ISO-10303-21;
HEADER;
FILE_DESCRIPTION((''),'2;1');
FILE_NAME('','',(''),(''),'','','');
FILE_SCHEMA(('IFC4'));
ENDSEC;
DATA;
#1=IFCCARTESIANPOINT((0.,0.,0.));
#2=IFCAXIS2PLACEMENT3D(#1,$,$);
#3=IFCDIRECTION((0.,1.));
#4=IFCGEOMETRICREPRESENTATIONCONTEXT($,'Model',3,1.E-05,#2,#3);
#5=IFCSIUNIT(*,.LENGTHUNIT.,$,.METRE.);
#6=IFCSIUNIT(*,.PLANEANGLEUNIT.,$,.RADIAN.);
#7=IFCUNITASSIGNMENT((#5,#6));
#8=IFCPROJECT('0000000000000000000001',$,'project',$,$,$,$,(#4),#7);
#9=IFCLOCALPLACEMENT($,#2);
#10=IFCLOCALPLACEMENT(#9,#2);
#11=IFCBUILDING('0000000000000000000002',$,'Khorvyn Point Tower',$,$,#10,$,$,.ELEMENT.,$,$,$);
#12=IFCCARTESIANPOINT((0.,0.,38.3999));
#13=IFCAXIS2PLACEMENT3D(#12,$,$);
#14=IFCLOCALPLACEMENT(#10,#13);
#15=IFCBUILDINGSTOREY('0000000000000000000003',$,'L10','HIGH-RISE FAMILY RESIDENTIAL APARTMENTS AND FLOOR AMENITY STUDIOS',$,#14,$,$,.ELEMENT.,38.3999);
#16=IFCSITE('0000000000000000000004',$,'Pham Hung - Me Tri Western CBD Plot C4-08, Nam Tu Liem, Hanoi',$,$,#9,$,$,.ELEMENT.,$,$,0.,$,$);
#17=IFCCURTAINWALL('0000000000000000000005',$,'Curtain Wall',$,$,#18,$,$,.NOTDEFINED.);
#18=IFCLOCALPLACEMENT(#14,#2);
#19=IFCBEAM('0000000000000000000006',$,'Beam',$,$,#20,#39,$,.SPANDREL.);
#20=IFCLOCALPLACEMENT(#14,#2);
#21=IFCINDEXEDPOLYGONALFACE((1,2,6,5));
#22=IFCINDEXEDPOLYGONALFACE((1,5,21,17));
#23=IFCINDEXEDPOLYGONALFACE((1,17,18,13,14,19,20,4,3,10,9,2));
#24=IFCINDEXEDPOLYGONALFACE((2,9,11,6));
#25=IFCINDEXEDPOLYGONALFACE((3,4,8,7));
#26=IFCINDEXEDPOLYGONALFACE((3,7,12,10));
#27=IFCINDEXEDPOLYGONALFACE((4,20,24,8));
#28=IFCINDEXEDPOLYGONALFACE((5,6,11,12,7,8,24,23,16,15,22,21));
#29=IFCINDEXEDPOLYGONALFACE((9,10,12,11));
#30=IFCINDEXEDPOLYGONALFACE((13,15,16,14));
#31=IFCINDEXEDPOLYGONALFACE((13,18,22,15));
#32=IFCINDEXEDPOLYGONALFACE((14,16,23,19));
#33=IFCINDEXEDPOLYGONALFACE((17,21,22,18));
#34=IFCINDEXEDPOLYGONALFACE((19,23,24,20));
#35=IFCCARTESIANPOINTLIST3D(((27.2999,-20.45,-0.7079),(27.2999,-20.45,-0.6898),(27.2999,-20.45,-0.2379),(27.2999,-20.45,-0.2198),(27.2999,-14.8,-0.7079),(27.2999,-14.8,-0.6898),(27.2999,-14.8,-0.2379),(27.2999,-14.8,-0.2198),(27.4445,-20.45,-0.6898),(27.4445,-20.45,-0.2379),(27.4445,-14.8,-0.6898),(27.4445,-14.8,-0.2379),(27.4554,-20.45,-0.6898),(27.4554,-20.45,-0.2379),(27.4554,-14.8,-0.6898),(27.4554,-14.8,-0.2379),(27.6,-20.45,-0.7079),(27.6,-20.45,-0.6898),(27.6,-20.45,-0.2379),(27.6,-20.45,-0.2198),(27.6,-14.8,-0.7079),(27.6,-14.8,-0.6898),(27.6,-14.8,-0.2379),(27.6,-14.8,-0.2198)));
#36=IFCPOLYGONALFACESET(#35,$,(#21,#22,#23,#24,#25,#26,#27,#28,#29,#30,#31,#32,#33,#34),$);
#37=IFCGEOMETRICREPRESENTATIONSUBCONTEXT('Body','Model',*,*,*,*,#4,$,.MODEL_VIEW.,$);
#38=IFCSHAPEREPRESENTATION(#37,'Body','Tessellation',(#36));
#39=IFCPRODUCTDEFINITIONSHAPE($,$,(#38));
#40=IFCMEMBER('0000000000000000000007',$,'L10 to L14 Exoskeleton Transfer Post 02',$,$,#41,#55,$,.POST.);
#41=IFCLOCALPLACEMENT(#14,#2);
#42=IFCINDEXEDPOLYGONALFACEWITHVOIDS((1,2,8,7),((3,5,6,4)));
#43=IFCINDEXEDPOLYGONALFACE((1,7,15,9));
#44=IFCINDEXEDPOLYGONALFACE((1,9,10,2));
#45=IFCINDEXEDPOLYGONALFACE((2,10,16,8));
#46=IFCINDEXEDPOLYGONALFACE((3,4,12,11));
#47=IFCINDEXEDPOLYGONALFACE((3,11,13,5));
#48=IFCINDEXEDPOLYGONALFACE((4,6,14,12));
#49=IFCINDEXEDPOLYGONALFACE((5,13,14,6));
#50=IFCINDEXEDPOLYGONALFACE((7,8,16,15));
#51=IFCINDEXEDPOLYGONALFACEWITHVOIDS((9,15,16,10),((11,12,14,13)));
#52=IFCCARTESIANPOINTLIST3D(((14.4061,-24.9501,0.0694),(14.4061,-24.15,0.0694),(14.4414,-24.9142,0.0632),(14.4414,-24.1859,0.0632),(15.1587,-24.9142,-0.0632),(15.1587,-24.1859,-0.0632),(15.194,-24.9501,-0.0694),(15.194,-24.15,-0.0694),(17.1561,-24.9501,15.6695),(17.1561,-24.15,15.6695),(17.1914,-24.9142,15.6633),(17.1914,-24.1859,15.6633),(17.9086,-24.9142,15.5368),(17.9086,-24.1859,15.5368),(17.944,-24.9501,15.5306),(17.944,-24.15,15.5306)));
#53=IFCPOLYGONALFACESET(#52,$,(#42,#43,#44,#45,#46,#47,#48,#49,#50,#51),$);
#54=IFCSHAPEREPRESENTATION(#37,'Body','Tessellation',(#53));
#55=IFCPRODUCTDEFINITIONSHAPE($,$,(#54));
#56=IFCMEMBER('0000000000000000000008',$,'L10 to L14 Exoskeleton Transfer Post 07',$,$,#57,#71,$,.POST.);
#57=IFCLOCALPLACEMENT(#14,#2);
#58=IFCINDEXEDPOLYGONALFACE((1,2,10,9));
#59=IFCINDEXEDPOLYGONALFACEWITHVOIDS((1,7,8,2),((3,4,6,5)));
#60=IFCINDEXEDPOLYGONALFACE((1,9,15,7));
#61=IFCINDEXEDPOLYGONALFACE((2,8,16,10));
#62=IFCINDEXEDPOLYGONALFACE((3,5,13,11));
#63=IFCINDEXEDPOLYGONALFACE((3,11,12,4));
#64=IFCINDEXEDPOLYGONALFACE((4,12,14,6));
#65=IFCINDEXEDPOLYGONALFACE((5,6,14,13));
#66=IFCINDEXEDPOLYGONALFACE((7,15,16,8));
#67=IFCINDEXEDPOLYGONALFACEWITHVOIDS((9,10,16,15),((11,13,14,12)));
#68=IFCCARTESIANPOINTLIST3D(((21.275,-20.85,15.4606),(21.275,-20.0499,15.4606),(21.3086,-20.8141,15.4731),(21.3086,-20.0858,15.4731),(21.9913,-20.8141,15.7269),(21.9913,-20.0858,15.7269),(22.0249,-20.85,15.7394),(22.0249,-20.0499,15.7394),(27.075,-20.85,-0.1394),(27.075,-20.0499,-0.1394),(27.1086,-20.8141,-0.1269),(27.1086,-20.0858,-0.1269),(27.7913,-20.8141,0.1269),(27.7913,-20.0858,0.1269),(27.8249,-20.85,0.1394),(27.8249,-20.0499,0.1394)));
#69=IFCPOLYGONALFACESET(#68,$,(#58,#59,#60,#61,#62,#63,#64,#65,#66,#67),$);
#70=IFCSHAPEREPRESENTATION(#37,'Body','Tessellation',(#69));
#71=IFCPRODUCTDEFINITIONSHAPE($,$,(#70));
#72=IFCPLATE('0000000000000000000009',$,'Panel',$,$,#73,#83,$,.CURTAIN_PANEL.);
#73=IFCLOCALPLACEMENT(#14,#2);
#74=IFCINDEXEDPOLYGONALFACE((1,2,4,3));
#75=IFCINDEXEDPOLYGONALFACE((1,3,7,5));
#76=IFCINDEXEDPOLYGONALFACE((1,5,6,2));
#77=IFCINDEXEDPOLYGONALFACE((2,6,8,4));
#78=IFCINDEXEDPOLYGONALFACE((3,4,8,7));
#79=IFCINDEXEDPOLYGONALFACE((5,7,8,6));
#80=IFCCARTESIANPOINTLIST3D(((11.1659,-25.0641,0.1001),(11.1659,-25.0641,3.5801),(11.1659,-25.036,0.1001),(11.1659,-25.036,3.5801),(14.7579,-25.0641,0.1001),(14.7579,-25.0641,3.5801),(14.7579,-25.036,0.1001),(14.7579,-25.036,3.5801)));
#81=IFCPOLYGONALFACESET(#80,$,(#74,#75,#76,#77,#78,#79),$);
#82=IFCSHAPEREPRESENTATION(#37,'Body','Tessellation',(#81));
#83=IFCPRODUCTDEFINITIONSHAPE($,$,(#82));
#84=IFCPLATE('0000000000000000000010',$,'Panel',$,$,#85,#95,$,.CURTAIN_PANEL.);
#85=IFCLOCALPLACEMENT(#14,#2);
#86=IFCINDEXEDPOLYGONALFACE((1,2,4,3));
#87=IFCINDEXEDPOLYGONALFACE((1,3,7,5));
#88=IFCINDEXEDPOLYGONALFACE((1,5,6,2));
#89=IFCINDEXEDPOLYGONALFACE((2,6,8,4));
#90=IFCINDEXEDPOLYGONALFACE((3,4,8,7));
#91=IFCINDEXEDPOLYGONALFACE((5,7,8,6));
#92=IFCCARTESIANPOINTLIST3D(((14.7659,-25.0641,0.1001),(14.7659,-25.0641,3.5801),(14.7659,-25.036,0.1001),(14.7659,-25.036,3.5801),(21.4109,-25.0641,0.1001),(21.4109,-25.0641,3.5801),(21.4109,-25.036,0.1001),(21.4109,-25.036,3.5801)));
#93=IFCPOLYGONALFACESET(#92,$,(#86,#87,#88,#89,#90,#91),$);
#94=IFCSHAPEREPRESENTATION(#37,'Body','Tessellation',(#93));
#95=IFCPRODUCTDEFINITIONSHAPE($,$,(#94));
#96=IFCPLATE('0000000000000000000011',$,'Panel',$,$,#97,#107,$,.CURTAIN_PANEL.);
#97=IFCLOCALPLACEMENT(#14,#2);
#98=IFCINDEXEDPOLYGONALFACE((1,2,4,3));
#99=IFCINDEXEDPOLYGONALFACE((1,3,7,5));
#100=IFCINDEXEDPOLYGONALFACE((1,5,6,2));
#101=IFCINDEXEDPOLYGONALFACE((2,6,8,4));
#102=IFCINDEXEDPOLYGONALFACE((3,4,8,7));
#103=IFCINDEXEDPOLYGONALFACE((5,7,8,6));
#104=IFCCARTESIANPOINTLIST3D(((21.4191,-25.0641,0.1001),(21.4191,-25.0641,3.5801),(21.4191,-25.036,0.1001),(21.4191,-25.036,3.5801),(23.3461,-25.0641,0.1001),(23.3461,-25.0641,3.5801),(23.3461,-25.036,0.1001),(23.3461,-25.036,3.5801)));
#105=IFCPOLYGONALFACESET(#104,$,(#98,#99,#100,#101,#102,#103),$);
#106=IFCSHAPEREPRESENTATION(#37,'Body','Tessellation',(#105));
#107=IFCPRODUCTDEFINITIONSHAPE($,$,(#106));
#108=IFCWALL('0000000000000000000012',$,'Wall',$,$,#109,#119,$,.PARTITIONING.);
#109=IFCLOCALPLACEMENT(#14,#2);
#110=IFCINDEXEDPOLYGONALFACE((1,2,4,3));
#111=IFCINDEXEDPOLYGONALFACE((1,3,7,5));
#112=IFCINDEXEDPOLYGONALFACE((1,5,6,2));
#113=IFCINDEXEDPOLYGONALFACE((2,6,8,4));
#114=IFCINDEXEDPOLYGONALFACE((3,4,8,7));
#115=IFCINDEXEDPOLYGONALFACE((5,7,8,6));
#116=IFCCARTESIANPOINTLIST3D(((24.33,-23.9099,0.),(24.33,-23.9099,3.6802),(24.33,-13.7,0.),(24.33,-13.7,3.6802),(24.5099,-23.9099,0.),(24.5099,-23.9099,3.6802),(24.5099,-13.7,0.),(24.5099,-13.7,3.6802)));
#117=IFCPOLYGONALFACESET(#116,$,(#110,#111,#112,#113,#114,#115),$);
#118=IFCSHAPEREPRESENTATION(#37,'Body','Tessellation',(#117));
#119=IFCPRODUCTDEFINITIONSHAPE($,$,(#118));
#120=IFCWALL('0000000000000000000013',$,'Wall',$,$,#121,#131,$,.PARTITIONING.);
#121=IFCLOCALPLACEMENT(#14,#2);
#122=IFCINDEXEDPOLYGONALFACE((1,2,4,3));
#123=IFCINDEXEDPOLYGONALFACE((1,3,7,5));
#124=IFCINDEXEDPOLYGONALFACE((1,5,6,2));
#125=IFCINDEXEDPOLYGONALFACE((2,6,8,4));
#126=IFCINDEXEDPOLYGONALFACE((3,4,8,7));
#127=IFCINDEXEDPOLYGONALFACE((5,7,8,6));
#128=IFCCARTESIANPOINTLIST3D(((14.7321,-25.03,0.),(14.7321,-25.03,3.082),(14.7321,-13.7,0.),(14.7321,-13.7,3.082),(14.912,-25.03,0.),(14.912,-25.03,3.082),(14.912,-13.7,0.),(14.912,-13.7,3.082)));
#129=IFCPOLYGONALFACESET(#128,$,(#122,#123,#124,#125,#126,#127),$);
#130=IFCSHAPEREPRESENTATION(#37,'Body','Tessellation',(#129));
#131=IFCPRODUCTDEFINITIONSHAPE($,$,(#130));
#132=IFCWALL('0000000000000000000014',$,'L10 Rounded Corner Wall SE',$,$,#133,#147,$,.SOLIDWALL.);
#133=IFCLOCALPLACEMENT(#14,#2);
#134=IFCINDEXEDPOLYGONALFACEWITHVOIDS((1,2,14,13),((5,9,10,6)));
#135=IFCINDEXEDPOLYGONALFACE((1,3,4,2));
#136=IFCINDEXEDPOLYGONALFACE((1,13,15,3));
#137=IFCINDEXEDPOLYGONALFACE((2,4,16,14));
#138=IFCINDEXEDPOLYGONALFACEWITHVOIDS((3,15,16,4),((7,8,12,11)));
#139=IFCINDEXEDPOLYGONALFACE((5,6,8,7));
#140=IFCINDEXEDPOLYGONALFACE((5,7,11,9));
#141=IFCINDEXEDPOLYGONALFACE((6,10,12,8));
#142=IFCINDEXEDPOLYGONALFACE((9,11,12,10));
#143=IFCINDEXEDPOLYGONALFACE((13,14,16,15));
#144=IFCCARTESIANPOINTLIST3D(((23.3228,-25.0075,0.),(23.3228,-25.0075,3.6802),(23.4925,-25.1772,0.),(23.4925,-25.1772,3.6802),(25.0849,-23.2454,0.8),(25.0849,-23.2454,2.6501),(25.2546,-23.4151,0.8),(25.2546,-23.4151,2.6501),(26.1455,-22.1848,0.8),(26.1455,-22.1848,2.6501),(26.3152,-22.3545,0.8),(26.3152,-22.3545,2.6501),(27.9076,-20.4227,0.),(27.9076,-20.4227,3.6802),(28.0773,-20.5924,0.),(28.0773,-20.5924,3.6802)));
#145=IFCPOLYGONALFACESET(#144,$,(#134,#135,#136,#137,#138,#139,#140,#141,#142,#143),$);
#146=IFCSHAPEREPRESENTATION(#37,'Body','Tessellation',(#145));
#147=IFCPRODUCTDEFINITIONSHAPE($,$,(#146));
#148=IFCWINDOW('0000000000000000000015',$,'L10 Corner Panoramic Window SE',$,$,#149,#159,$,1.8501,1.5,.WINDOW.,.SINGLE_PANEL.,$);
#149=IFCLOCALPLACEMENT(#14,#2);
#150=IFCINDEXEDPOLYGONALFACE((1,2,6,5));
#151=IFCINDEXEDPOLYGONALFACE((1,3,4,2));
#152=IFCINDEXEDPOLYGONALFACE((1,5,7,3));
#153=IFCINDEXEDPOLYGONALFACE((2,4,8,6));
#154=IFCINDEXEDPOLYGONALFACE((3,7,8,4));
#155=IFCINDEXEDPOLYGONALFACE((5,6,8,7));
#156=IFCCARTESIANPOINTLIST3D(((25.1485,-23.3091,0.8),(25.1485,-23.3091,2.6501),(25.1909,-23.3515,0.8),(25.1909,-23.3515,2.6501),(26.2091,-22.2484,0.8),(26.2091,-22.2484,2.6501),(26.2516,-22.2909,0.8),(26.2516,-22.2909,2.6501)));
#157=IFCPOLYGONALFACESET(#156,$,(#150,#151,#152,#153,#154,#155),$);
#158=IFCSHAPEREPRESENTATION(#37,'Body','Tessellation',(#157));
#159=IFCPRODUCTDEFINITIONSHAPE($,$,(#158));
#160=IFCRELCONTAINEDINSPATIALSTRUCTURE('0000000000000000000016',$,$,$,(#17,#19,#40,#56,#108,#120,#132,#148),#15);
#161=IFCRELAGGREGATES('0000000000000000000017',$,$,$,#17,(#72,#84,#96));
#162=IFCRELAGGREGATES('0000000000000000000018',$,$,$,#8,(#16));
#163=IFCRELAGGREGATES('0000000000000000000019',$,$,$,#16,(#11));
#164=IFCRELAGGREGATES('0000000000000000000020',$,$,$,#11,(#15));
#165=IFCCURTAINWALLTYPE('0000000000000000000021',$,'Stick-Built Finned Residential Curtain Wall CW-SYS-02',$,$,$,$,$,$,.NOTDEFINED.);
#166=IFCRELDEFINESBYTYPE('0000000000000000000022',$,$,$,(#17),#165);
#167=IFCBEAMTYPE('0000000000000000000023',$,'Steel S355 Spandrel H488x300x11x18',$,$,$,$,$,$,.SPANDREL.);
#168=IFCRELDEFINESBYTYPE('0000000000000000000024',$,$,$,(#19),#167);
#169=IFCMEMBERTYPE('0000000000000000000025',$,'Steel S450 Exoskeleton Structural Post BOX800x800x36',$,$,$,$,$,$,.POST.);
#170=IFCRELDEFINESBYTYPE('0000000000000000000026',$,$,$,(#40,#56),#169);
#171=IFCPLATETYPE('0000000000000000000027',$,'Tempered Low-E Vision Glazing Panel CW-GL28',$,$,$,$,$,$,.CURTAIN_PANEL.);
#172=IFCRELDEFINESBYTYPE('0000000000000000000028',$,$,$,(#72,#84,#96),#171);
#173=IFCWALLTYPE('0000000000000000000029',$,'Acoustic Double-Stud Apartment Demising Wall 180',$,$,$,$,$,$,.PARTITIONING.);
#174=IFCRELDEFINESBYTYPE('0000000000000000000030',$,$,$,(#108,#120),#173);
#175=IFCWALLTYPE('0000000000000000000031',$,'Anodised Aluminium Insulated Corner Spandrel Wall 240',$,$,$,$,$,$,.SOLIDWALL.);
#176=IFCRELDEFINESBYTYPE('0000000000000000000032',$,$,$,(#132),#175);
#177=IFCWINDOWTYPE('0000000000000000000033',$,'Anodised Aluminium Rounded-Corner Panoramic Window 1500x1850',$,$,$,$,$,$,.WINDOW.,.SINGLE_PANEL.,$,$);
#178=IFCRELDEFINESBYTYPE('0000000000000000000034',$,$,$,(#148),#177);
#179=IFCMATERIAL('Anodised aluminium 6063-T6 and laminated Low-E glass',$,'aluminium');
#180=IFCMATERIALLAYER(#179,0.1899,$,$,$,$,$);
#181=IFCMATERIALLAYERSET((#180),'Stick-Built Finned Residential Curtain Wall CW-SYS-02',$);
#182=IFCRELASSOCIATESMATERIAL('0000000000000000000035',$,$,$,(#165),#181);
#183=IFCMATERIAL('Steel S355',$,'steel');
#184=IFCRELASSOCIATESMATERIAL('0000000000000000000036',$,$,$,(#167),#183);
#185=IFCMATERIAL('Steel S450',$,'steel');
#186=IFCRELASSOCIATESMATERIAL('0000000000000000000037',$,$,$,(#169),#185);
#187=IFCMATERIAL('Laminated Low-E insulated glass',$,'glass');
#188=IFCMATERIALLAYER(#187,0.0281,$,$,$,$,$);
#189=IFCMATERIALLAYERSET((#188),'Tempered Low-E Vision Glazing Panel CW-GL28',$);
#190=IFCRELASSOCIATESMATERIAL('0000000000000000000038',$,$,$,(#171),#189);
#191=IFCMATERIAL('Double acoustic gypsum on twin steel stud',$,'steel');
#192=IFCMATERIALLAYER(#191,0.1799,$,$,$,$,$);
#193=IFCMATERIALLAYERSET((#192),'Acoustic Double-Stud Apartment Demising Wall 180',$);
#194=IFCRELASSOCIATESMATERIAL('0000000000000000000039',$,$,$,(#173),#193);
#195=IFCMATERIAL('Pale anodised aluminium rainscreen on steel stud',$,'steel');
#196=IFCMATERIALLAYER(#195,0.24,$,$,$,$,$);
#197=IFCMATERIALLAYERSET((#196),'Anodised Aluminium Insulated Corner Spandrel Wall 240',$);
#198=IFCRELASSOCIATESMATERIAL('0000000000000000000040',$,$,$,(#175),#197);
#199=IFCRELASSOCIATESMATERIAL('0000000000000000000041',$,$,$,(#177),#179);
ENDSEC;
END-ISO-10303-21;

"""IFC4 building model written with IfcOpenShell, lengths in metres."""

from ifc_helpers import new_model, si_unit, direction, frame, frame_2d, origin, origin_2d, place, context, subcontext, project, spatial, rectangle, hollow_rectangle, i_section, extrude, material, layer, layer_set, material_profile, profile_set, type_object, element, fill, aggregate, save


model = new_model("IFC4")

# Units and contexts
model_context = context("Model", 3, precision=1e-05, world=origin(), true_north=direction((0.0, 1.0)))
body_context = subcontext(model_context, "Body", "Model", "MODEL_VIEW")
ifc_project = project(units=[si_unit("LENGTHUNIT", "METRE"), si_unit("PLANEANGLEUNIT", "RADIAN")], contexts=[model_context])

# Site, building, storey
site_placement = place(None, origin())
site = spatial("IfcSite", under=ifc_project, at=site_placement, Name="Pham Hung - Me Tri Western CBD Plot C4-08, Nam Tu Liem, Hanoi", CompositionType="ELEMENT", RefElevation=0.0)
building_placement = place(site_placement, origin())
building = spatial("IfcBuilding", under=site, at=building_placement, Name="Khorvyn Point Tower", CompositionType="ELEMENT")
storey_placement = place(building_placement, frame((0.0, 0.0, 38.3999)))
storey = spatial("IfcBuildingStorey", under=building, at=storey_placement, Name="L10", Description="HIGH-RISE FAMILY RESIDENTIAL APARTMENTS AND FLOOR AMENITY STUDIOS", CompositionType="ELEMENT", Elevation=38.3999)

# Shared definitions
ifc_material_1 = material(Name="Steel S450", Category="steel")

# Curtain wall
ifc_material_2 = material(Name="Anodised aluminium 6063-T6 and laminated Low-E glass", Category="aluminium")
ifc_layer_1 = layer(ifc_material_2, 0.1899)
ifc_layer_set_1 = layer_set([ifc_layer_1], Name="Stick-Built Finned Residential Curtain Wall CW-SYS-02")
curtain_wall_type = type_object("IfcCurtainWallType", Name="Stick-Built Finned Residential Curtain Wall CW-SYS-02", PredefinedType="NOTDEFINED", material=ifc_layer_set_1)
curtain_wall_1_placement = place(storey_placement, origin())
curtain_wall_1 = element("IfcCurtainWall", 1, at=curtain_wall_1_placement, inside=storey, type_object=curtain_wall_type, Name="Curtain Wall", PredefinedType="NOTDEFINED")

# Beam
ifc_material_3 = material(Name="Steel S355", Category="steel")
ifc_material_profile_1 = material_profile(ifc_material_3, i_section(OverallWidth=0.3, OverallDepth=0.488, WebThickness=0.011, FlangeThickness=0.0181, at=origin_2d()))
ifc_profile_set_1 = profile_set([ifc_material_profile_1], Name="Steel S355 H488x300x11x18")
beam_type_1 = type_object("IfcBeamType", Name="Steel S355 Spandrel H488x300x11x18", PredefinedType="SPANDREL", material=ifc_profile_set_1)
beam_1_placement = place(storey_placement, frame((27.45, -20.45, -0.4639), z_axis=(0.0, 1.0, 0.0), x_axis=(-1.0, 0.0, 0.0)))
element("IfcBeam", 2, at=beam_1_placement, inside=storey, type_object=beam_type_1, Name="Beam", PredefinedType="SPANDREL", context=body_context, shape_type="SweptSolid", body=[
    extrude(i_section(OverallWidth=0.3, OverallDepth=0.488, WebThickness=0.011, FlangeThickness=0.0181, at=origin_2d()), origin(), (0.0, 0.0, 1.0), 5.6499),
])

# Members
ifc_material_profile_2 = material_profile(ifc_material_1, hollow_rectangle(XDim=0.8, YDim=0.8, WallThickness=0.0359, at=origin_2d()))
ifc_profile_set_2 = profile_set([ifc_material_profile_2], Name="Steel S450 BOX800x800x36")
member_type_1 = type_object("IfcMemberType", Name="Steel S450 Exoskeleton Structural Post BOX800x800x36", PredefinedType="POST", material=ifc_profile_set_2)
member_1_placement = place(storey_placement, frame((14.8, -24.55, 0.0), z_axis=(0.173604, 0.0, 0.984816), x_axis=(0.0, 1.0, 0.0)))
element("IfcMember", 3, at=member_1_placement, inside=storey, type_object=member_type_1, Name="L10 to L14 Exoskeleton Transfer Post 02", PredefinedType="POST", context=body_context, shape_type="SweptSolid", body=[
    extrude(hollow_rectangle(XDim=0.8, YDim=0.8, WallThickness=0.0359, at=origin_2d()), origin(), (0.0, 0.0, 1.0), 15.8406),
])
member_2_placement = place(storey_placement, frame((27.45, -20.45, 0.0), z_axis=(-0.348489, 0.0, 0.937313), x_axis=(0.0, -1.0, 0.0)))
element("IfcMember", 4, at=member_2_placement, inside=storey, type_object=member_type_1, Name="L10 to L14 Exoskeleton Transfer Post 07", PredefinedType="POST", context=body_context, shape_type="SweptSolid", body=[
    extrude(hollow_rectangle(XDim=0.8, YDim=0.8, WallThickness=0.0359, at=origin_2d()), origin(), (0.0, 0.0, 1.0), 16.6433),
])

# Plates
ifc_material_4 = material(Name="Laminated Low-E insulated glass", Category="glass")
ifc_layer_2 = layer(ifc_material_4, 0.0281)
ifc_layer_set_2 = layer_set([ifc_layer_2], Name="Tempered Low-E Vision Glazing Panel CW-GL28")
plate_type = type_object("IfcPlateType", Name="Tempered Low-E Vision Glazing Panel CW-GL28", PredefinedType="CURTAIN_PANEL", material=ifc_layer_set_2)
plate_1_placement = place(storey_placement, frame((12.9619, -25.05, 0.1001), z_axis=(0.0, 0.0, 1.0), x_axis=(-1.0, 0.0, 0.0)))
plate_1 = element("IfcPlate", 5, at=plate_1_placement, type_object=plate_type, Name="Panel", PredefinedType="CURTAIN_PANEL", context=body_context, shape_type="SweptSolid", body=[
    extrude(rectangle(XDim=3.592, YDim=0.0281, at=origin_2d()), origin(), (0.0, 0.0, 1.0), 3.48),
])
plate_2_placement = place(storey_placement, frame((18.0884, -25.05, 0.1001), z_axis=(0.0, 0.0, 1.0), x_axis=(-1.0, 0.0, 0.0)))
plate_2 = element("IfcPlate", 6, at=plate_2_placement, type_object=plate_type, Name="Panel", PredefinedType="CURTAIN_PANEL", context=body_context, shape_type="SweptSolid", body=[
    extrude(rectangle(XDim=6.645, YDim=0.0281, at=origin_2d()), origin(), (0.0, 0.0, 1.0), 3.48),
])
plate_3_placement = place(storey_placement, frame((22.3826, -25.05, 0.1001), z_axis=(0.0, 0.0, 1.0), x_axis=(-1.0, 0.0, 0.0)))
plate_3 = element("IfcPlate", 7, at=plate_3_placement, type_object=plate_type, Name="Panel", PredefinedType="CURTAIN_PANEL", context=body_context, shape_type="SweptSolid", body=[
    extrude(rectangle(XDim=1.927, YDim=0.0281, at=origin_2d()), origin(), (0.0, 0.0, 1.0), 3.48),
])
aggregate(curtain_wall_1, [plate_1, plate_2, plate_3])

# Walls
ifc_material_5 = material(Name="Double acoustic gypsum on twin steel stud", Category="steel")
ifc_layer_3 = layer(ifc_material_5, 0.1799)
ifc_layer_set_3 = layer_set([ifc_layer_3], Name="Acoustic Double-Stud Apartment Demising Wall 180")
wall_type_1 = type_object("IfcWallType", Name="Acoustic Double-Stud Apartment Demising Wall 180", PredefinedType="PARTITIONING", material=ifc_layer_set_3)
wall_1_placement = place(storey_placement, frame((24.4199, -23.9099, 0.0), z_axis=(0.0, 0.0, 1.0), x_axis=(0.0, 1.0, 0.0)))
element("IfcWall", 8, at=wall_1_placement, inside=storey, type_object=wall_type_1, Name="Wall", PredefinedType="PARTITIONING", context=body_context, shape_type="SweptSolid", body=[
    extrude(rectangle(XDim=10.21, YDim=0.1799, at=frame_2d((5.105, 0.0))), origin(), (0.0, 0.0, 1.0), 3.6802),
])
wall_2_placement = place(storey_placement, frame((14.822, -25.03, 0.0), z_axis=(0.0, 0.0, 1.0), x_axis=(0.0, 1.0, 0.0)))
element("IfcWall", 9, at=wall_2_placement, inside=storey, type_object=wall_type_1, Name="Wall", PredefinedType="PARTITIONING", context=body_context, shape_type="SweptSolid", body=[
    extrude(rectangle(XDim=11.3301, YDim=0.1799, at=frame_2d((5.665, 0.0))), origin(), (0.0, 0.0, 1.0), 3.082),
])

# Wall, opening, window
ifc_material_6 = material(Name="Pale anodised aluminium rainscreen on steel stud", Category="steel")
ifc_layer_4 = layer(ifc_material_6, 0.24)
ifc_layer_set_4 = layer_set([ifc_layer_4], Name="Anodised Aluminium Insulated Corner Spandrel Wall 240")
wall_type_2 = type_object("IfcWallType", Name="Anodised Aluminium Insulated Corner Spandrel Wall 240", PredefinedType="SOLIDWALL", material=ifc_layer_set_4)
wall_3_placement = place(storey_placement, frame((27.9924, -20.5076, 0.0), z_axis=(0.0, 0.0, 1.0), x_axis=(-0.707107, -0.707107, 0.0)))
wall_3 = element("IfcWall", 10, at=wall_3_placement, inside=storey, type_object=wall_type_2, Name="L10 Rounded Corner Wall SE", PredefinedType="SOLIDWALL", context=body_context, shape_type="SweptSolid", body=[
    extrude(rectangle(XDim=6.4839, YDim=0.24, at=frame_2d((3.2419, 0.0))), origin(), (0.0, 0.0, 1.0), 3.6802),
])
opening_1_placement = place(wall_3_placement, frame((2.4919, 0.0, 0.8)))
opening_1 = element("IfcOpeningElement", 11, at=opening_1_placement, cuts=wall_3, PredefinedType="OPENING", context=body_context, shape_type="SweptSolid", body=[
    extrude(rectangle(XDim=1.5, YDim=1.8501, at=frame_2d((0.75, 0.925))), frame((0.0, 0.1299, 0.0), z_axis=(0.0, -1.0, 0.0), x_axis=(1.0, 0.0, 0.0)), (0.0, 0.0, 1.0), 0.26),
])
window_type = type_object("IfcWindowType", Name="Anodised Aluminium Rounded-Corner Panoramic Window 1500x1850", PartitioningType="SINGLE_PANEL", PredefinedType="WINDOW", material=ifc_material_2)
window_placement = place(opening_1_placement, origin())
window = element("IfcWindow", 12, at=window_placement, inside=storey, type_object=window_type, Name="L10 Corner Panoramic Window SE", OverallHeight=1.8501, OverallWidth=1.5, PartitioningType="SINGLE_PANEL", PredefinedType="WINDOW", context=body_context, shape_type="SweptSolid", body=[
    extrude(rectangle(XDim=1.5, YDim=1.8501, at=frame_2d((0.75, 0.925))), frame((0.0, 0.03, 0.0), z_axis=(0.0, -1.0, 0.0), x_axis=(1.0, 0.0, 0.0)), (0.0, 0.0, 1.0), 0.0601),
])
fill(opening_1, window)

save(model, "model.ifc")
